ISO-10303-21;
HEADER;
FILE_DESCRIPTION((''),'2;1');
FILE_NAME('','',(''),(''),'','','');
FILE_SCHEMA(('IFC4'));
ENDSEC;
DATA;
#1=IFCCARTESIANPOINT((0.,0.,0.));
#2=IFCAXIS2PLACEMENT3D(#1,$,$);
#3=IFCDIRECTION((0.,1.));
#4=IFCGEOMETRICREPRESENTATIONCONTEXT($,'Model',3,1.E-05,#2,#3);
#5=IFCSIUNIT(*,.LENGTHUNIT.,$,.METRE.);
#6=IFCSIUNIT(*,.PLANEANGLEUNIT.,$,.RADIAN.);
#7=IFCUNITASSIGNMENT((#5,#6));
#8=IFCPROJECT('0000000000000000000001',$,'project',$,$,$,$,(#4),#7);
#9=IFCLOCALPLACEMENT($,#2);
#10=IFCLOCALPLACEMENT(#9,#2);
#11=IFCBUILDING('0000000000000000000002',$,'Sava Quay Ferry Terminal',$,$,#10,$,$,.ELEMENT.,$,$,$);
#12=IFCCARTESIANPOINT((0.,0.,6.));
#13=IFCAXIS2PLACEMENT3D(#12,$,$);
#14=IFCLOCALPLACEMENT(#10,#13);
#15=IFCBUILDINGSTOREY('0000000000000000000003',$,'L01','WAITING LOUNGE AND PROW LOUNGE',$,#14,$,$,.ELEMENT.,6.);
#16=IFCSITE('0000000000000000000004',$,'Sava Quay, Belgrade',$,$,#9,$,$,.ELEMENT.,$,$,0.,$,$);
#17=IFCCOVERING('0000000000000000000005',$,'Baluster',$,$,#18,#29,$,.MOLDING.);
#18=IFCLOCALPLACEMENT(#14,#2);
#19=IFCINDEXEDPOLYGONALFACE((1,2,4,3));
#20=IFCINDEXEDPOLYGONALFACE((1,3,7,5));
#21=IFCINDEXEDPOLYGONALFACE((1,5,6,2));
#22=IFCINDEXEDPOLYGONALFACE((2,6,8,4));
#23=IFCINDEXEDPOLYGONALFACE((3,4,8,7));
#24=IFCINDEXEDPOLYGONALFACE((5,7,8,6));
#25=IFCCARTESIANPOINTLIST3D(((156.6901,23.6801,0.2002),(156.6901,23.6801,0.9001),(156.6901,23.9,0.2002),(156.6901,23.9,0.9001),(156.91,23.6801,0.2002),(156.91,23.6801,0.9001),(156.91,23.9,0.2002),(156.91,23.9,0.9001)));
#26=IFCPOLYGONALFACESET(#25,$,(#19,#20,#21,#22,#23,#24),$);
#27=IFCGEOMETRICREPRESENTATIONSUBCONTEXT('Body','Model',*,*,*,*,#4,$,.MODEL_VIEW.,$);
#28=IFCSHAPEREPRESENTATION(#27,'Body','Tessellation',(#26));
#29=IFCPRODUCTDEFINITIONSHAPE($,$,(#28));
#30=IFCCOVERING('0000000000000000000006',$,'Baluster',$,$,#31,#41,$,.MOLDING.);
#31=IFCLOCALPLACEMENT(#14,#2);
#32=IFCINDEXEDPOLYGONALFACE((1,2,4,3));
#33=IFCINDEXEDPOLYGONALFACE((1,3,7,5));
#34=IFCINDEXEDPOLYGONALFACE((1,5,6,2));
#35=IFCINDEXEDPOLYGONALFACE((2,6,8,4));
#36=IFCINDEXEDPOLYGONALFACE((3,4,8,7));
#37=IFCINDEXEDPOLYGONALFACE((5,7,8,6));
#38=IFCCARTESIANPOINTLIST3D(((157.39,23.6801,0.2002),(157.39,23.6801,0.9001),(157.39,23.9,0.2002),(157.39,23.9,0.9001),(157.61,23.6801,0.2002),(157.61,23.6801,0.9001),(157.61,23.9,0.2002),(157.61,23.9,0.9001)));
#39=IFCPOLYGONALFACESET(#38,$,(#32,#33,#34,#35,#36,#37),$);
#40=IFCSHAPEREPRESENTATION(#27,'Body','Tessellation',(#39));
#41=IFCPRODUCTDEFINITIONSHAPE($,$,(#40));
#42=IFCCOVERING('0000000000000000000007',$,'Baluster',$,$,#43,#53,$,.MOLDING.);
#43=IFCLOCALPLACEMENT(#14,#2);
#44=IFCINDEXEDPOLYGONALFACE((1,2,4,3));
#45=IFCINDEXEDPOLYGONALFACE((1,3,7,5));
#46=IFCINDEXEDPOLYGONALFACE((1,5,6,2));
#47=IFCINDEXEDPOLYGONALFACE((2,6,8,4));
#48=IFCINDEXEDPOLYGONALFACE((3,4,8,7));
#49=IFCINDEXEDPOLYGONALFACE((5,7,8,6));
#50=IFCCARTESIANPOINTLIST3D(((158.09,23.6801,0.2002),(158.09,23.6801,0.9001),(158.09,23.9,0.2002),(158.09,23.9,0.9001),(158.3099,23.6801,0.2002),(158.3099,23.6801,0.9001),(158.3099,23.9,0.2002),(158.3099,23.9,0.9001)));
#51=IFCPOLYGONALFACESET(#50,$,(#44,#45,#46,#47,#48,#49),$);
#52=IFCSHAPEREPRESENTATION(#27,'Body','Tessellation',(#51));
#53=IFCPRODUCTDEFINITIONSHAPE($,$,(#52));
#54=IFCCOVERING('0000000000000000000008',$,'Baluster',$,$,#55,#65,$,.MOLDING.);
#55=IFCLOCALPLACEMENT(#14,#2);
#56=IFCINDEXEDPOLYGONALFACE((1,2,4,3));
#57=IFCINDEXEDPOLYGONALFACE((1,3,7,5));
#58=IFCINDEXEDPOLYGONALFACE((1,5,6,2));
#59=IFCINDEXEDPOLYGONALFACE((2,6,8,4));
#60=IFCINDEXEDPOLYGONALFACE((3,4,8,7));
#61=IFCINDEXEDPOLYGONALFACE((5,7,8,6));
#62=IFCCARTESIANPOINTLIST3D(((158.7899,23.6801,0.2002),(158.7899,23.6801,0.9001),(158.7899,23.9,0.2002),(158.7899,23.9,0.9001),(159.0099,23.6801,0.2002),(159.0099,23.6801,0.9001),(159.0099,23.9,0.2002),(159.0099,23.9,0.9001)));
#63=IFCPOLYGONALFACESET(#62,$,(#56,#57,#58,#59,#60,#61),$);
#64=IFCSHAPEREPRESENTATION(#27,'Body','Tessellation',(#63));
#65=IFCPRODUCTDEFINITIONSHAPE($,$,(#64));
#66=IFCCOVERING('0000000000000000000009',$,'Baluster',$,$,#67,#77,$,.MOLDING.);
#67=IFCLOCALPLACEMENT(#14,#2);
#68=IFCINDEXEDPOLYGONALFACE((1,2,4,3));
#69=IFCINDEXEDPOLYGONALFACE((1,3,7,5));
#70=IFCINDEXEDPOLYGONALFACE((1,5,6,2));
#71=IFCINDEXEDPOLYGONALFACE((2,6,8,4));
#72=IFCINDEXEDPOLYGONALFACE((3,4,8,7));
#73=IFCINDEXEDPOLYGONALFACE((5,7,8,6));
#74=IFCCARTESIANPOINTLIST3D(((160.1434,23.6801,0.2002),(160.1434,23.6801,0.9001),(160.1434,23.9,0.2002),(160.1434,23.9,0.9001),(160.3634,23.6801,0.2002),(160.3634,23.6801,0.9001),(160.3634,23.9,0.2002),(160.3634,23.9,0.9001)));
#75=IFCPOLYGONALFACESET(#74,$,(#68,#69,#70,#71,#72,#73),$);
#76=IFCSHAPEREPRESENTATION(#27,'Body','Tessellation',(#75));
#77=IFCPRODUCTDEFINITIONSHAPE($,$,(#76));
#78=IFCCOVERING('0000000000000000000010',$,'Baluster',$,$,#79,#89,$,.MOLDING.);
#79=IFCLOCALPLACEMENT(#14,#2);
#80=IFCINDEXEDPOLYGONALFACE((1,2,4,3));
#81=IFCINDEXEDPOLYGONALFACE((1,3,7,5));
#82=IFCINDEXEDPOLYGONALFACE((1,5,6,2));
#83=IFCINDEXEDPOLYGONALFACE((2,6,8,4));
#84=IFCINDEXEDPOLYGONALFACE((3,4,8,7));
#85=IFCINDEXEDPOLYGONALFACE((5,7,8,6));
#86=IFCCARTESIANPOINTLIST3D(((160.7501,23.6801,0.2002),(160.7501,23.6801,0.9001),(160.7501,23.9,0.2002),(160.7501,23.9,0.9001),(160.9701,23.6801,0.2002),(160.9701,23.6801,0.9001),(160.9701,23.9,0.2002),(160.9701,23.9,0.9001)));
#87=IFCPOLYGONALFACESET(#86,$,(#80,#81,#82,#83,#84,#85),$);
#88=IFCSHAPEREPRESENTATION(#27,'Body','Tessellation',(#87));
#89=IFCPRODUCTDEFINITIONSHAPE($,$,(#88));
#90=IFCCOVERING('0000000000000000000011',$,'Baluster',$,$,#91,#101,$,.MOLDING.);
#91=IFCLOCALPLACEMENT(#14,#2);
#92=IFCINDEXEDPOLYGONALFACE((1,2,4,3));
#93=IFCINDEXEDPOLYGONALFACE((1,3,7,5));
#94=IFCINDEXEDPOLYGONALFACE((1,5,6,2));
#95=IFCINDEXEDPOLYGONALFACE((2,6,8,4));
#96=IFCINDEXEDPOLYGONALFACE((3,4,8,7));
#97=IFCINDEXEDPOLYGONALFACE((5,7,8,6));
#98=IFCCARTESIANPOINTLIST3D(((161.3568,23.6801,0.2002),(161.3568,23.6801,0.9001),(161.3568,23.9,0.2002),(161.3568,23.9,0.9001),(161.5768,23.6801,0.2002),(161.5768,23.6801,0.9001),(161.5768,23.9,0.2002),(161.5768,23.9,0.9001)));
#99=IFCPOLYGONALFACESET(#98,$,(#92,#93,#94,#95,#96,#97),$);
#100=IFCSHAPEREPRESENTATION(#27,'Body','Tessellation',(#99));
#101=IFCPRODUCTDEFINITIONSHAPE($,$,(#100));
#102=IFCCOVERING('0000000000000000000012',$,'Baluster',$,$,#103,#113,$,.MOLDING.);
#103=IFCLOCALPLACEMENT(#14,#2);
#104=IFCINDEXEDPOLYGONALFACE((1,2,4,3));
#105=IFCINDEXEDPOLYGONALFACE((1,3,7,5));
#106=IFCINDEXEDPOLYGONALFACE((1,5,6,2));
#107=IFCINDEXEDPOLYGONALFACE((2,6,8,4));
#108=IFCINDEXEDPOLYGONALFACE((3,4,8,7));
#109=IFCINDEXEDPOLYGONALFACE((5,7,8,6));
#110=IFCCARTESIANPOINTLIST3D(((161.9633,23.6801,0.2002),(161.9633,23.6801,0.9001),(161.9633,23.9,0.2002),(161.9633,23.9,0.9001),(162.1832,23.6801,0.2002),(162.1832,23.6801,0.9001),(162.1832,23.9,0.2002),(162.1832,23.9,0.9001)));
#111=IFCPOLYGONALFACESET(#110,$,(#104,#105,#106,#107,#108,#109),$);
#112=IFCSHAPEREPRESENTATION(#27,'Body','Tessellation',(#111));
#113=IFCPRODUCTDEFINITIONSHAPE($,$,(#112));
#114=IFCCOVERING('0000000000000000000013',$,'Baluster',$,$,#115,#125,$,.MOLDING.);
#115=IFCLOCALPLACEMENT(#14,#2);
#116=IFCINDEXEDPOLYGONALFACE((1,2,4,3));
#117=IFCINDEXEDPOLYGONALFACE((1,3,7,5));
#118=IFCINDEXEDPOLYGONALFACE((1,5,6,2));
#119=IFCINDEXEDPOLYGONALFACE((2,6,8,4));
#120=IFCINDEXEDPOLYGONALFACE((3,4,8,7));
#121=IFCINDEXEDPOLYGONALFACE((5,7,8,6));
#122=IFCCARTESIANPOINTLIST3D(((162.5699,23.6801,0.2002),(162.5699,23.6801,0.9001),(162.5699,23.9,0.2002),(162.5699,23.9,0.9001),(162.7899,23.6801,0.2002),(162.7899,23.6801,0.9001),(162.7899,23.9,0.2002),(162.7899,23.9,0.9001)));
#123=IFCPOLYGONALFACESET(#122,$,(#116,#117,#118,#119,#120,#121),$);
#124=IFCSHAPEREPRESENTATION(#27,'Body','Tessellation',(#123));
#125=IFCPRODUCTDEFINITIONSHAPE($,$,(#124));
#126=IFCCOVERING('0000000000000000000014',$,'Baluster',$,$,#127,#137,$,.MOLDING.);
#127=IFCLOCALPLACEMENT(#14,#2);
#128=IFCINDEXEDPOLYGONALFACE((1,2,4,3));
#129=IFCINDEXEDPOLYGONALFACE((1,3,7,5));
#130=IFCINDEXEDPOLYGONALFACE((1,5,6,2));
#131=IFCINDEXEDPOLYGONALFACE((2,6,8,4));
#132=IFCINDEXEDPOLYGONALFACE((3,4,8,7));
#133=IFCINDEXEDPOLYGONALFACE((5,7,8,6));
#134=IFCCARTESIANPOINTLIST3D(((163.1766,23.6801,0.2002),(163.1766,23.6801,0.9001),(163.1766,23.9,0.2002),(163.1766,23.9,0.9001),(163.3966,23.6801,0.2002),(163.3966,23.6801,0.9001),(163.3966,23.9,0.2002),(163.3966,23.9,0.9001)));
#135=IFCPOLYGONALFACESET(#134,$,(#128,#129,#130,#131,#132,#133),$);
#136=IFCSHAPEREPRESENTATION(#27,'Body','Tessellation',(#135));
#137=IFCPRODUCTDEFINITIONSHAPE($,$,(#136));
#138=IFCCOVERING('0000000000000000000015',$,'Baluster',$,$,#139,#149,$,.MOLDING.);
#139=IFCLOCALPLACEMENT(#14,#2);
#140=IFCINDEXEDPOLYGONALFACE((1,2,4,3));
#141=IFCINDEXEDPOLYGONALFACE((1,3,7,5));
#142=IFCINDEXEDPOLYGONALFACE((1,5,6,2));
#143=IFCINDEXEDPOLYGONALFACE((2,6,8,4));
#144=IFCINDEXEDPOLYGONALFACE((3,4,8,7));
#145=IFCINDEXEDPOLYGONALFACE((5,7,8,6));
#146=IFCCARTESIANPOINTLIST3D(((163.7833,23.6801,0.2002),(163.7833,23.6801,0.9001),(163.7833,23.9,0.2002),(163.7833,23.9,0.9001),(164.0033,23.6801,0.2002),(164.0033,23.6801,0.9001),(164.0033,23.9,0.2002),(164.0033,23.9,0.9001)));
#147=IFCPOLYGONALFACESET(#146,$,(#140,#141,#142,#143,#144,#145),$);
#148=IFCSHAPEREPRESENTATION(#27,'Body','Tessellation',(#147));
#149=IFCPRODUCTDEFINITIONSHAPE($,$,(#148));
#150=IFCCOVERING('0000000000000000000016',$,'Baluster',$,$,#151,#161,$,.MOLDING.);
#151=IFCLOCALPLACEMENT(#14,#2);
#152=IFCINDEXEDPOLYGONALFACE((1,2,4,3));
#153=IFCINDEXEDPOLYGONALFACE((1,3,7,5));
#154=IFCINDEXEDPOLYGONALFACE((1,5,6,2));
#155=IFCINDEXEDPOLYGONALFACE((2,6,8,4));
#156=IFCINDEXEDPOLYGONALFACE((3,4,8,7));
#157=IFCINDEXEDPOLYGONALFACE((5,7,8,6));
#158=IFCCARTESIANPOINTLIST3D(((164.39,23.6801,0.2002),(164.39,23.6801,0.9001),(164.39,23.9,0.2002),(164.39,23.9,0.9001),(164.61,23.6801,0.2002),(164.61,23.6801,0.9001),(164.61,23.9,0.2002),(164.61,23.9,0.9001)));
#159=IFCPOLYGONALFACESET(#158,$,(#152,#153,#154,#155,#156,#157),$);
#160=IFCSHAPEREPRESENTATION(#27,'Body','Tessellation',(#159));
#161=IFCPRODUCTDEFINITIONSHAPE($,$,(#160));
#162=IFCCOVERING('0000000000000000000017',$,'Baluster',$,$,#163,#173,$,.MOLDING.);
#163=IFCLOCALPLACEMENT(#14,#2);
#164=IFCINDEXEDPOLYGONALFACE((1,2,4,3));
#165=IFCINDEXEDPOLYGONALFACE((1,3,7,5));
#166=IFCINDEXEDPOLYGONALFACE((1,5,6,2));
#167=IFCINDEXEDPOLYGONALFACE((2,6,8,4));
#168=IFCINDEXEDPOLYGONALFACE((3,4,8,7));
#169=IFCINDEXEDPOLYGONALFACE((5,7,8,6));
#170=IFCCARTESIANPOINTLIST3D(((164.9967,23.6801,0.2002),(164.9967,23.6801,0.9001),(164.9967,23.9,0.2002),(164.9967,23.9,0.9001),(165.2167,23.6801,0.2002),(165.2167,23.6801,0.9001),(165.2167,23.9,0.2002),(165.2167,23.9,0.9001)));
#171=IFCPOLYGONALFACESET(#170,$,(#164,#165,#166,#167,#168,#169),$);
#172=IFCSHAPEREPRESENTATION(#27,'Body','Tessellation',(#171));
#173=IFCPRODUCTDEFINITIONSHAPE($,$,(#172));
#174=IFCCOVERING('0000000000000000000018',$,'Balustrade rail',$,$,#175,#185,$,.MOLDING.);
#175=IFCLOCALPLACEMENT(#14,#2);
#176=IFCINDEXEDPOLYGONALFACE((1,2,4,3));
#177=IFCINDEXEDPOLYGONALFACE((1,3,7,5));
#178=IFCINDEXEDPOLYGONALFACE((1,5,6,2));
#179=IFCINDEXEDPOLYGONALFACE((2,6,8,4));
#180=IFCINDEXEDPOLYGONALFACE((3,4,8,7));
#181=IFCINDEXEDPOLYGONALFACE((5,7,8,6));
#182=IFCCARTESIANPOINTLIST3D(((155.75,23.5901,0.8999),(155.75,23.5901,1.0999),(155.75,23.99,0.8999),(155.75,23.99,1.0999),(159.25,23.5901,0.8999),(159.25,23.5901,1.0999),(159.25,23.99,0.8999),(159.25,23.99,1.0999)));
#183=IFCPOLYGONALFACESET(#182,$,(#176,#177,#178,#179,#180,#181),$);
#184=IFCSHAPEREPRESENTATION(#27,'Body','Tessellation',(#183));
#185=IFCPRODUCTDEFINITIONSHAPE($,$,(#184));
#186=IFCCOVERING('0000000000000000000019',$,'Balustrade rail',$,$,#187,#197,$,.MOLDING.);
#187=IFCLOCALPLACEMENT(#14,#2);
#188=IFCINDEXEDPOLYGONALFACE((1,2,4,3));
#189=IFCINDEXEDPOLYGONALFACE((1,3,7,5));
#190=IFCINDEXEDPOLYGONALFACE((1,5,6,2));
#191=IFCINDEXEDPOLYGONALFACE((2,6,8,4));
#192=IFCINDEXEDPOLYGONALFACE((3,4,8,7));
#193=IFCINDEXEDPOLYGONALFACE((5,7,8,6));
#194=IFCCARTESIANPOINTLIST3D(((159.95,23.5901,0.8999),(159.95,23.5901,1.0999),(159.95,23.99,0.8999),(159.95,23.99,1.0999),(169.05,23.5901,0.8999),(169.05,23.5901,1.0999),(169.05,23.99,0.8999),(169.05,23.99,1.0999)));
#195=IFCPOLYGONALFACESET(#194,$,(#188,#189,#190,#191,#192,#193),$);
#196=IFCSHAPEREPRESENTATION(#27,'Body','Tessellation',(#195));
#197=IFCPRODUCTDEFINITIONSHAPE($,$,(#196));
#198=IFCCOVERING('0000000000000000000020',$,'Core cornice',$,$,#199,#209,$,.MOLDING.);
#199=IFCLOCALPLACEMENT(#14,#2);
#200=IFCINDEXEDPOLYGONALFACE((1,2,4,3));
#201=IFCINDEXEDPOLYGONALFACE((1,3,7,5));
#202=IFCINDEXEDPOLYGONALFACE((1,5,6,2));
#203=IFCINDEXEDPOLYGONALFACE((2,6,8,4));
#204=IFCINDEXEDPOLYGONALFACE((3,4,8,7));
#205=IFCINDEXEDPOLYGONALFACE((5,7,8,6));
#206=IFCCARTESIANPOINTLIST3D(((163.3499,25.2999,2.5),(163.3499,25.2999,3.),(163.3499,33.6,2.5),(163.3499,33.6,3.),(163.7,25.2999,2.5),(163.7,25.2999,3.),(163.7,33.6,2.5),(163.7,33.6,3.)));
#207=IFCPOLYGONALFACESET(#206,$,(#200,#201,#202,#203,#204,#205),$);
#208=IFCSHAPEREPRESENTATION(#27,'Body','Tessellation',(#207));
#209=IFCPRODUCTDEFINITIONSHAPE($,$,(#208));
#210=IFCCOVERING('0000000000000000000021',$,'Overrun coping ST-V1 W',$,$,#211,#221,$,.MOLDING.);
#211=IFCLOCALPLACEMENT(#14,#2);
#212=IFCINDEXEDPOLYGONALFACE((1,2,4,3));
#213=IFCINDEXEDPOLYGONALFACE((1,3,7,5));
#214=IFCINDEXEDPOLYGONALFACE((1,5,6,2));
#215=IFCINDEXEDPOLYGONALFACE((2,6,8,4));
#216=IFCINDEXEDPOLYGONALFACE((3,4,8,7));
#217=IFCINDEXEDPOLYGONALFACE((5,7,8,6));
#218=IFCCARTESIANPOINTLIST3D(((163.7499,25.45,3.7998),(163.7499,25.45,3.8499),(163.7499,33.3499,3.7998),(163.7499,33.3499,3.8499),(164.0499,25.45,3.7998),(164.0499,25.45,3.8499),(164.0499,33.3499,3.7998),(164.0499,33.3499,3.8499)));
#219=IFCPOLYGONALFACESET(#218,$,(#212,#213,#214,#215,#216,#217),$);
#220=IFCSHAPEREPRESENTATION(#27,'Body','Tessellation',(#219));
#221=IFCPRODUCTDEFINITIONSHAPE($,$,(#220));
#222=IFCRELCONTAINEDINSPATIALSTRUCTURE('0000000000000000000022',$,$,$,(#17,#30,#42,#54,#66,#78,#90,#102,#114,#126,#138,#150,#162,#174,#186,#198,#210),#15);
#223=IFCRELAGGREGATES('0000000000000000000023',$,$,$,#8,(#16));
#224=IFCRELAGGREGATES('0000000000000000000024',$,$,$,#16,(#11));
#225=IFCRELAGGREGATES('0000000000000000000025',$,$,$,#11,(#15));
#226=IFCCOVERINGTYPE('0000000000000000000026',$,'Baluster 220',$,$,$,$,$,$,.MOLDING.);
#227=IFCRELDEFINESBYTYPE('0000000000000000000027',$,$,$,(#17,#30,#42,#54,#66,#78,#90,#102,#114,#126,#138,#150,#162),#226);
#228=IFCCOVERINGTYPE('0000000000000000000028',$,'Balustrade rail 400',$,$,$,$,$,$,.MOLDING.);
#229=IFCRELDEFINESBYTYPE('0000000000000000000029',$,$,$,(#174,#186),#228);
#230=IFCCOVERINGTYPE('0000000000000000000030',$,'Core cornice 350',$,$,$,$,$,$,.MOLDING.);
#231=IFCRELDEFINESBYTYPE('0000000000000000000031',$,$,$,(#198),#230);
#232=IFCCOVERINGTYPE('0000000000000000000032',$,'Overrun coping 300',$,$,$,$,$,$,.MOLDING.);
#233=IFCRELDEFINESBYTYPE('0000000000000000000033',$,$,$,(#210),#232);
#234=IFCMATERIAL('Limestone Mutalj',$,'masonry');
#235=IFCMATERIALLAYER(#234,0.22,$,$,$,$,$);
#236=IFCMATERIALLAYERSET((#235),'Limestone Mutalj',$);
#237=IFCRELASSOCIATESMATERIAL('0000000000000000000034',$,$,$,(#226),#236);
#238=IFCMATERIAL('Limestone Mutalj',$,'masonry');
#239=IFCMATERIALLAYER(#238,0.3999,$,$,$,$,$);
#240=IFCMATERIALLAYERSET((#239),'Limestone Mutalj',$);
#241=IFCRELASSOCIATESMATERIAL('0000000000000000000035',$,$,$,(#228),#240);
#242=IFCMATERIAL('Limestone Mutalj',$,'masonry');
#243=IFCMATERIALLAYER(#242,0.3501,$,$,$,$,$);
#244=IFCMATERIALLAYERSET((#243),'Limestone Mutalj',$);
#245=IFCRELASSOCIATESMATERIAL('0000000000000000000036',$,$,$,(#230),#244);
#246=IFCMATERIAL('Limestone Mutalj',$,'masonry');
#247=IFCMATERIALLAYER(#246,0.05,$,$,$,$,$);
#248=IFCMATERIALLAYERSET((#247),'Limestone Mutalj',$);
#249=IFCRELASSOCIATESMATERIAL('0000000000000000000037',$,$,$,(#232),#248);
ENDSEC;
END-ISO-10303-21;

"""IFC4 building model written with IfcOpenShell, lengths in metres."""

from ifc_helpers import new_model, si_unit, direction, frame, origin, origin_2d, place, context, subcontext, project, spatial, rectangle, extrude, material, layer, layer_set, type_object, element, save


model = new_model("IFC4")

# Units and contexts
model_context = context("Model", 3, precision=1e-05, world=origin(), true_north=direction((0.0, 1.0)))
body_context = subcontext(model_context, "Body", "Model", "MODEL_VIEW")
ifc_project = project(units=[si_unit("LENGTHUNIT", "METRE"), si_unit("PLANEANGLEUNIT", "RADIAN")], contexts=[model_context])

# Site, building, storey
site_placement = place(None, origin())
site = spatial("IfcSite", under=ifc_project, at=site_placement, Name="Sava Quay, Belgrade", CompositionType="ELEMENT", RefElevation=0.0)
building_placement = place(site_placement, origin())
building = spatial("IfcBuilding", under=site, at=building_placement, Name="Sava Quay Ferry Terminal", CompositionType="ELEMENT")
storey_placement = place(building_placement, frame((0.0, 0.0, 6.0)))
storey = spatial("IfcBuildingStorey", under=building, at=storey_placement, Name="L01", Description="WAITING LOUNGE AND PROW LOUNGE", CompositionType="ELEMENT", Elevation=6.0)

# Coverings
ifc_material_1 = material(Name="Limestone Mutalj", Category="masonry")
ifc_layer_1 = layer(ifc_material_1, 0.22)
ifc_layer_set_1 = layer_set([ifc_layer_1], Name="Limestone Mutalj")
covering_type_1 = type_object("IfcCoveringType", Name="Baluster 220", PredefinedType="MOLDING", material=ifc_layer_set_1)
for number, where, z_axis, x_axis, name in (
    (1, (156.8, 23.79, 0.2002), (0.0, 0.0, 1.0), (1.0, 0.0, 0.0), "Baluster"),
    (2, (157.5, 23.79, 0.2002), (0.0, 0.0, 1.0), (1.0, 0.0, 0.0), "Baluster"),
    (3, (158.2, 23.79, 0.2002), (0.0, 0.0, 1.0), (1.0, 0.0, 0.0), "Baluster"),
    (4, (158.8999, 23.79, 0.2002), (0.0, 0.0, 1.0), (1.0, 0.0, 0.0), "Baluster"),
    (5, (160.2534, 23.79, 0.2002), (0.0, 0.0, 1.0), (1.0, 0.0, 0.0), "Baluster"),
    (6, (160.8601, 23.79, 0.2002), (0.0, 0.0, 1.0), (1.0, 0.0, 0.0), "Baluster"),
    (7, (161.4668, 23.79, 0.2002), (0.0, 0.0, 1.0), (1.0, 0.0, 0.0), "Baluster"),
    (8, (162.0732, 23.79, 0.2002), (0.0, 0.0, 1.0), (1.0, 0.0, 0.0), "Baluster"),
    (9, (162.6799, 23.79, 0.2002), (0.0, 0.0, 1.0), (1.0, 0.0, 0.0), "Baluster"),
    (10, (163.2866, 23.79, 0.2002), (0.0, 0.0, 1.0), (1.0, 0.0, 0.0), "Baluster"),
    (11, (163.8933, 23.79, 0.2002), (0.0, 0.0, 1.0), (1.0, 0.0, 0.0), "Baluster"),
    (12, (164.5, 23.79, 0.2002), (0.0, 0.0, 1.0), (1.0, 0.0, 0.0), "Baluster"),
    (13, (165.1067, 23.79, 0.2002), (0.0, 0.0, 1.0), (1.0, 0.0, 0.0), "Baluster"),
):
    element("IfcCovering", number, at=place(storey_placement, frame(where, z_axis=z_axis, x_axis=x_axis)), inside=storey, type_object=covering_type_1, Name=name, PredefinedType="MOLDING", context=body_context, shape_type="SweptSolid", body=[
        extrude(rectangle(XDim=0.22, YDim=0.22, at=origin_2d()), origin(), (0.0, 0.0, 1.0), 0.7),
    ])
ifc_material_2 = material(Name="Limestone Mutalj", Category="masonry")
ifc_layer_2 = layer(ifc_material_2, 0.3999)
ifc_layer_set_2 = layer_set([ifc_layer_2], Name="Limestone Mutalj")
covering_type_2 = type_object("IfcCoveringType", Name="Balustrade rail 400", PredefinedType="MOLDING", material=ifc_layer_set_2)
covering_1_placement = place(storey_placement, frame((157.5, 23.79, 0.8999), z_axis=(0.0, 0.0, 1.0), x_axis=(1.0, 0.0, 0.0)))
element("IfcCovering", 14, at=covering_1_placement, inside=storey, type_object=covering_type_2, Name="Balustrade rail", PredefinedType="MOLDING", context=body_context, shape_type="SweptSolid", body=[
    extrude(rectangle(XDim=3.5, YDim=0.3999, at=origin_2d()), origin(), (0.0, 0.0, 1.0), 0.2),
])
covering_2_placement = place(storey_placement, frame((164.5, 23.79, 0.8999), z_axis=(0.0, 0.0, 1.0), x_axis=(1.0, 0.0, 0.0)))
element("IfcCovering", 15, at=covering_2_placement, inside=storey, type_object=covering_type_2, Name="Balustrade rail", PredefinedType="MOLDING", context=body_context, shape_type="SweptSolid", body=[
    extrude(rectangle(XDim=9.1001, YDim=0.3999, at=origin_2d()), origin(), (0.0, 0.0, 1.0), 0.2),
])
ifc_material_3 = material(Name="Limestone Mutalj", Category="masonry")
ifc_layer_3 = layer(ifc_material_3, 0.3501)
ifc_layer_set_3 = layer_set([ifc_layer_3], Name="Limestone Mutalj")
covering_type_3 = type_object("IfcCoveringType", Name="Core cornice 350", PredefinedType="MOLDING", material=ifc_layer_set_3)
covering_3_placement = place(storey_placement, frame((163.5249, 29.45, 2.5), z_axis=(0.0, 0.0, 1.0), x_axis=(1.0, 0.0, 0.0)))
element("IfcCovering", 16, at=covering_3_placement, inside=storey, type_object=covering_type_3, Name="Core cornice", PredefinedType="MOLDING", context=body_context, shape_type="SweptSolid", body=[
    extrude(rectangle(XDim=0.3501, YDim=8.3, at=origin_2d()), origin(), (0.0, 0.0, 1.0), 0.5),
])
ifc_material_4 = material(Name="Limestone Mutalj", Category="masonry")
ifc_layer_4 = layer(ifc_material_4, 0.05)
ifc_layer_set_4 = layer_set([ifc_layer_4], Name="Limestone Mutalj")
covering_type_4 = type_object("IfcCoveringType", Name="Overrun coping 300", PredefinedType="MOLDING", material=ifc_layer_set_4)
covering_4_placement = place(storey_placement, frame((163.8999, 29.3999, 3.7998), z_axis=(0.0, 0.0, 1.0), x_axis=(1.0, 0.0, 0.0)))
element("IfcCovering", 17, at=covering_4_placement, inside=storey, type_object=covering_type_4, Name="Overrun coping ST-V1 W", PredefinedType="MOLDING", context=body_context, shape_type="SweptSolid", body=[
    extrude(rectangle(XDim=0.3, YDim=7.8999, at=origin_2d()), origin(), (0.0, 0.0, 1.0), 0.05),
])

save(model, "model.ifc")
